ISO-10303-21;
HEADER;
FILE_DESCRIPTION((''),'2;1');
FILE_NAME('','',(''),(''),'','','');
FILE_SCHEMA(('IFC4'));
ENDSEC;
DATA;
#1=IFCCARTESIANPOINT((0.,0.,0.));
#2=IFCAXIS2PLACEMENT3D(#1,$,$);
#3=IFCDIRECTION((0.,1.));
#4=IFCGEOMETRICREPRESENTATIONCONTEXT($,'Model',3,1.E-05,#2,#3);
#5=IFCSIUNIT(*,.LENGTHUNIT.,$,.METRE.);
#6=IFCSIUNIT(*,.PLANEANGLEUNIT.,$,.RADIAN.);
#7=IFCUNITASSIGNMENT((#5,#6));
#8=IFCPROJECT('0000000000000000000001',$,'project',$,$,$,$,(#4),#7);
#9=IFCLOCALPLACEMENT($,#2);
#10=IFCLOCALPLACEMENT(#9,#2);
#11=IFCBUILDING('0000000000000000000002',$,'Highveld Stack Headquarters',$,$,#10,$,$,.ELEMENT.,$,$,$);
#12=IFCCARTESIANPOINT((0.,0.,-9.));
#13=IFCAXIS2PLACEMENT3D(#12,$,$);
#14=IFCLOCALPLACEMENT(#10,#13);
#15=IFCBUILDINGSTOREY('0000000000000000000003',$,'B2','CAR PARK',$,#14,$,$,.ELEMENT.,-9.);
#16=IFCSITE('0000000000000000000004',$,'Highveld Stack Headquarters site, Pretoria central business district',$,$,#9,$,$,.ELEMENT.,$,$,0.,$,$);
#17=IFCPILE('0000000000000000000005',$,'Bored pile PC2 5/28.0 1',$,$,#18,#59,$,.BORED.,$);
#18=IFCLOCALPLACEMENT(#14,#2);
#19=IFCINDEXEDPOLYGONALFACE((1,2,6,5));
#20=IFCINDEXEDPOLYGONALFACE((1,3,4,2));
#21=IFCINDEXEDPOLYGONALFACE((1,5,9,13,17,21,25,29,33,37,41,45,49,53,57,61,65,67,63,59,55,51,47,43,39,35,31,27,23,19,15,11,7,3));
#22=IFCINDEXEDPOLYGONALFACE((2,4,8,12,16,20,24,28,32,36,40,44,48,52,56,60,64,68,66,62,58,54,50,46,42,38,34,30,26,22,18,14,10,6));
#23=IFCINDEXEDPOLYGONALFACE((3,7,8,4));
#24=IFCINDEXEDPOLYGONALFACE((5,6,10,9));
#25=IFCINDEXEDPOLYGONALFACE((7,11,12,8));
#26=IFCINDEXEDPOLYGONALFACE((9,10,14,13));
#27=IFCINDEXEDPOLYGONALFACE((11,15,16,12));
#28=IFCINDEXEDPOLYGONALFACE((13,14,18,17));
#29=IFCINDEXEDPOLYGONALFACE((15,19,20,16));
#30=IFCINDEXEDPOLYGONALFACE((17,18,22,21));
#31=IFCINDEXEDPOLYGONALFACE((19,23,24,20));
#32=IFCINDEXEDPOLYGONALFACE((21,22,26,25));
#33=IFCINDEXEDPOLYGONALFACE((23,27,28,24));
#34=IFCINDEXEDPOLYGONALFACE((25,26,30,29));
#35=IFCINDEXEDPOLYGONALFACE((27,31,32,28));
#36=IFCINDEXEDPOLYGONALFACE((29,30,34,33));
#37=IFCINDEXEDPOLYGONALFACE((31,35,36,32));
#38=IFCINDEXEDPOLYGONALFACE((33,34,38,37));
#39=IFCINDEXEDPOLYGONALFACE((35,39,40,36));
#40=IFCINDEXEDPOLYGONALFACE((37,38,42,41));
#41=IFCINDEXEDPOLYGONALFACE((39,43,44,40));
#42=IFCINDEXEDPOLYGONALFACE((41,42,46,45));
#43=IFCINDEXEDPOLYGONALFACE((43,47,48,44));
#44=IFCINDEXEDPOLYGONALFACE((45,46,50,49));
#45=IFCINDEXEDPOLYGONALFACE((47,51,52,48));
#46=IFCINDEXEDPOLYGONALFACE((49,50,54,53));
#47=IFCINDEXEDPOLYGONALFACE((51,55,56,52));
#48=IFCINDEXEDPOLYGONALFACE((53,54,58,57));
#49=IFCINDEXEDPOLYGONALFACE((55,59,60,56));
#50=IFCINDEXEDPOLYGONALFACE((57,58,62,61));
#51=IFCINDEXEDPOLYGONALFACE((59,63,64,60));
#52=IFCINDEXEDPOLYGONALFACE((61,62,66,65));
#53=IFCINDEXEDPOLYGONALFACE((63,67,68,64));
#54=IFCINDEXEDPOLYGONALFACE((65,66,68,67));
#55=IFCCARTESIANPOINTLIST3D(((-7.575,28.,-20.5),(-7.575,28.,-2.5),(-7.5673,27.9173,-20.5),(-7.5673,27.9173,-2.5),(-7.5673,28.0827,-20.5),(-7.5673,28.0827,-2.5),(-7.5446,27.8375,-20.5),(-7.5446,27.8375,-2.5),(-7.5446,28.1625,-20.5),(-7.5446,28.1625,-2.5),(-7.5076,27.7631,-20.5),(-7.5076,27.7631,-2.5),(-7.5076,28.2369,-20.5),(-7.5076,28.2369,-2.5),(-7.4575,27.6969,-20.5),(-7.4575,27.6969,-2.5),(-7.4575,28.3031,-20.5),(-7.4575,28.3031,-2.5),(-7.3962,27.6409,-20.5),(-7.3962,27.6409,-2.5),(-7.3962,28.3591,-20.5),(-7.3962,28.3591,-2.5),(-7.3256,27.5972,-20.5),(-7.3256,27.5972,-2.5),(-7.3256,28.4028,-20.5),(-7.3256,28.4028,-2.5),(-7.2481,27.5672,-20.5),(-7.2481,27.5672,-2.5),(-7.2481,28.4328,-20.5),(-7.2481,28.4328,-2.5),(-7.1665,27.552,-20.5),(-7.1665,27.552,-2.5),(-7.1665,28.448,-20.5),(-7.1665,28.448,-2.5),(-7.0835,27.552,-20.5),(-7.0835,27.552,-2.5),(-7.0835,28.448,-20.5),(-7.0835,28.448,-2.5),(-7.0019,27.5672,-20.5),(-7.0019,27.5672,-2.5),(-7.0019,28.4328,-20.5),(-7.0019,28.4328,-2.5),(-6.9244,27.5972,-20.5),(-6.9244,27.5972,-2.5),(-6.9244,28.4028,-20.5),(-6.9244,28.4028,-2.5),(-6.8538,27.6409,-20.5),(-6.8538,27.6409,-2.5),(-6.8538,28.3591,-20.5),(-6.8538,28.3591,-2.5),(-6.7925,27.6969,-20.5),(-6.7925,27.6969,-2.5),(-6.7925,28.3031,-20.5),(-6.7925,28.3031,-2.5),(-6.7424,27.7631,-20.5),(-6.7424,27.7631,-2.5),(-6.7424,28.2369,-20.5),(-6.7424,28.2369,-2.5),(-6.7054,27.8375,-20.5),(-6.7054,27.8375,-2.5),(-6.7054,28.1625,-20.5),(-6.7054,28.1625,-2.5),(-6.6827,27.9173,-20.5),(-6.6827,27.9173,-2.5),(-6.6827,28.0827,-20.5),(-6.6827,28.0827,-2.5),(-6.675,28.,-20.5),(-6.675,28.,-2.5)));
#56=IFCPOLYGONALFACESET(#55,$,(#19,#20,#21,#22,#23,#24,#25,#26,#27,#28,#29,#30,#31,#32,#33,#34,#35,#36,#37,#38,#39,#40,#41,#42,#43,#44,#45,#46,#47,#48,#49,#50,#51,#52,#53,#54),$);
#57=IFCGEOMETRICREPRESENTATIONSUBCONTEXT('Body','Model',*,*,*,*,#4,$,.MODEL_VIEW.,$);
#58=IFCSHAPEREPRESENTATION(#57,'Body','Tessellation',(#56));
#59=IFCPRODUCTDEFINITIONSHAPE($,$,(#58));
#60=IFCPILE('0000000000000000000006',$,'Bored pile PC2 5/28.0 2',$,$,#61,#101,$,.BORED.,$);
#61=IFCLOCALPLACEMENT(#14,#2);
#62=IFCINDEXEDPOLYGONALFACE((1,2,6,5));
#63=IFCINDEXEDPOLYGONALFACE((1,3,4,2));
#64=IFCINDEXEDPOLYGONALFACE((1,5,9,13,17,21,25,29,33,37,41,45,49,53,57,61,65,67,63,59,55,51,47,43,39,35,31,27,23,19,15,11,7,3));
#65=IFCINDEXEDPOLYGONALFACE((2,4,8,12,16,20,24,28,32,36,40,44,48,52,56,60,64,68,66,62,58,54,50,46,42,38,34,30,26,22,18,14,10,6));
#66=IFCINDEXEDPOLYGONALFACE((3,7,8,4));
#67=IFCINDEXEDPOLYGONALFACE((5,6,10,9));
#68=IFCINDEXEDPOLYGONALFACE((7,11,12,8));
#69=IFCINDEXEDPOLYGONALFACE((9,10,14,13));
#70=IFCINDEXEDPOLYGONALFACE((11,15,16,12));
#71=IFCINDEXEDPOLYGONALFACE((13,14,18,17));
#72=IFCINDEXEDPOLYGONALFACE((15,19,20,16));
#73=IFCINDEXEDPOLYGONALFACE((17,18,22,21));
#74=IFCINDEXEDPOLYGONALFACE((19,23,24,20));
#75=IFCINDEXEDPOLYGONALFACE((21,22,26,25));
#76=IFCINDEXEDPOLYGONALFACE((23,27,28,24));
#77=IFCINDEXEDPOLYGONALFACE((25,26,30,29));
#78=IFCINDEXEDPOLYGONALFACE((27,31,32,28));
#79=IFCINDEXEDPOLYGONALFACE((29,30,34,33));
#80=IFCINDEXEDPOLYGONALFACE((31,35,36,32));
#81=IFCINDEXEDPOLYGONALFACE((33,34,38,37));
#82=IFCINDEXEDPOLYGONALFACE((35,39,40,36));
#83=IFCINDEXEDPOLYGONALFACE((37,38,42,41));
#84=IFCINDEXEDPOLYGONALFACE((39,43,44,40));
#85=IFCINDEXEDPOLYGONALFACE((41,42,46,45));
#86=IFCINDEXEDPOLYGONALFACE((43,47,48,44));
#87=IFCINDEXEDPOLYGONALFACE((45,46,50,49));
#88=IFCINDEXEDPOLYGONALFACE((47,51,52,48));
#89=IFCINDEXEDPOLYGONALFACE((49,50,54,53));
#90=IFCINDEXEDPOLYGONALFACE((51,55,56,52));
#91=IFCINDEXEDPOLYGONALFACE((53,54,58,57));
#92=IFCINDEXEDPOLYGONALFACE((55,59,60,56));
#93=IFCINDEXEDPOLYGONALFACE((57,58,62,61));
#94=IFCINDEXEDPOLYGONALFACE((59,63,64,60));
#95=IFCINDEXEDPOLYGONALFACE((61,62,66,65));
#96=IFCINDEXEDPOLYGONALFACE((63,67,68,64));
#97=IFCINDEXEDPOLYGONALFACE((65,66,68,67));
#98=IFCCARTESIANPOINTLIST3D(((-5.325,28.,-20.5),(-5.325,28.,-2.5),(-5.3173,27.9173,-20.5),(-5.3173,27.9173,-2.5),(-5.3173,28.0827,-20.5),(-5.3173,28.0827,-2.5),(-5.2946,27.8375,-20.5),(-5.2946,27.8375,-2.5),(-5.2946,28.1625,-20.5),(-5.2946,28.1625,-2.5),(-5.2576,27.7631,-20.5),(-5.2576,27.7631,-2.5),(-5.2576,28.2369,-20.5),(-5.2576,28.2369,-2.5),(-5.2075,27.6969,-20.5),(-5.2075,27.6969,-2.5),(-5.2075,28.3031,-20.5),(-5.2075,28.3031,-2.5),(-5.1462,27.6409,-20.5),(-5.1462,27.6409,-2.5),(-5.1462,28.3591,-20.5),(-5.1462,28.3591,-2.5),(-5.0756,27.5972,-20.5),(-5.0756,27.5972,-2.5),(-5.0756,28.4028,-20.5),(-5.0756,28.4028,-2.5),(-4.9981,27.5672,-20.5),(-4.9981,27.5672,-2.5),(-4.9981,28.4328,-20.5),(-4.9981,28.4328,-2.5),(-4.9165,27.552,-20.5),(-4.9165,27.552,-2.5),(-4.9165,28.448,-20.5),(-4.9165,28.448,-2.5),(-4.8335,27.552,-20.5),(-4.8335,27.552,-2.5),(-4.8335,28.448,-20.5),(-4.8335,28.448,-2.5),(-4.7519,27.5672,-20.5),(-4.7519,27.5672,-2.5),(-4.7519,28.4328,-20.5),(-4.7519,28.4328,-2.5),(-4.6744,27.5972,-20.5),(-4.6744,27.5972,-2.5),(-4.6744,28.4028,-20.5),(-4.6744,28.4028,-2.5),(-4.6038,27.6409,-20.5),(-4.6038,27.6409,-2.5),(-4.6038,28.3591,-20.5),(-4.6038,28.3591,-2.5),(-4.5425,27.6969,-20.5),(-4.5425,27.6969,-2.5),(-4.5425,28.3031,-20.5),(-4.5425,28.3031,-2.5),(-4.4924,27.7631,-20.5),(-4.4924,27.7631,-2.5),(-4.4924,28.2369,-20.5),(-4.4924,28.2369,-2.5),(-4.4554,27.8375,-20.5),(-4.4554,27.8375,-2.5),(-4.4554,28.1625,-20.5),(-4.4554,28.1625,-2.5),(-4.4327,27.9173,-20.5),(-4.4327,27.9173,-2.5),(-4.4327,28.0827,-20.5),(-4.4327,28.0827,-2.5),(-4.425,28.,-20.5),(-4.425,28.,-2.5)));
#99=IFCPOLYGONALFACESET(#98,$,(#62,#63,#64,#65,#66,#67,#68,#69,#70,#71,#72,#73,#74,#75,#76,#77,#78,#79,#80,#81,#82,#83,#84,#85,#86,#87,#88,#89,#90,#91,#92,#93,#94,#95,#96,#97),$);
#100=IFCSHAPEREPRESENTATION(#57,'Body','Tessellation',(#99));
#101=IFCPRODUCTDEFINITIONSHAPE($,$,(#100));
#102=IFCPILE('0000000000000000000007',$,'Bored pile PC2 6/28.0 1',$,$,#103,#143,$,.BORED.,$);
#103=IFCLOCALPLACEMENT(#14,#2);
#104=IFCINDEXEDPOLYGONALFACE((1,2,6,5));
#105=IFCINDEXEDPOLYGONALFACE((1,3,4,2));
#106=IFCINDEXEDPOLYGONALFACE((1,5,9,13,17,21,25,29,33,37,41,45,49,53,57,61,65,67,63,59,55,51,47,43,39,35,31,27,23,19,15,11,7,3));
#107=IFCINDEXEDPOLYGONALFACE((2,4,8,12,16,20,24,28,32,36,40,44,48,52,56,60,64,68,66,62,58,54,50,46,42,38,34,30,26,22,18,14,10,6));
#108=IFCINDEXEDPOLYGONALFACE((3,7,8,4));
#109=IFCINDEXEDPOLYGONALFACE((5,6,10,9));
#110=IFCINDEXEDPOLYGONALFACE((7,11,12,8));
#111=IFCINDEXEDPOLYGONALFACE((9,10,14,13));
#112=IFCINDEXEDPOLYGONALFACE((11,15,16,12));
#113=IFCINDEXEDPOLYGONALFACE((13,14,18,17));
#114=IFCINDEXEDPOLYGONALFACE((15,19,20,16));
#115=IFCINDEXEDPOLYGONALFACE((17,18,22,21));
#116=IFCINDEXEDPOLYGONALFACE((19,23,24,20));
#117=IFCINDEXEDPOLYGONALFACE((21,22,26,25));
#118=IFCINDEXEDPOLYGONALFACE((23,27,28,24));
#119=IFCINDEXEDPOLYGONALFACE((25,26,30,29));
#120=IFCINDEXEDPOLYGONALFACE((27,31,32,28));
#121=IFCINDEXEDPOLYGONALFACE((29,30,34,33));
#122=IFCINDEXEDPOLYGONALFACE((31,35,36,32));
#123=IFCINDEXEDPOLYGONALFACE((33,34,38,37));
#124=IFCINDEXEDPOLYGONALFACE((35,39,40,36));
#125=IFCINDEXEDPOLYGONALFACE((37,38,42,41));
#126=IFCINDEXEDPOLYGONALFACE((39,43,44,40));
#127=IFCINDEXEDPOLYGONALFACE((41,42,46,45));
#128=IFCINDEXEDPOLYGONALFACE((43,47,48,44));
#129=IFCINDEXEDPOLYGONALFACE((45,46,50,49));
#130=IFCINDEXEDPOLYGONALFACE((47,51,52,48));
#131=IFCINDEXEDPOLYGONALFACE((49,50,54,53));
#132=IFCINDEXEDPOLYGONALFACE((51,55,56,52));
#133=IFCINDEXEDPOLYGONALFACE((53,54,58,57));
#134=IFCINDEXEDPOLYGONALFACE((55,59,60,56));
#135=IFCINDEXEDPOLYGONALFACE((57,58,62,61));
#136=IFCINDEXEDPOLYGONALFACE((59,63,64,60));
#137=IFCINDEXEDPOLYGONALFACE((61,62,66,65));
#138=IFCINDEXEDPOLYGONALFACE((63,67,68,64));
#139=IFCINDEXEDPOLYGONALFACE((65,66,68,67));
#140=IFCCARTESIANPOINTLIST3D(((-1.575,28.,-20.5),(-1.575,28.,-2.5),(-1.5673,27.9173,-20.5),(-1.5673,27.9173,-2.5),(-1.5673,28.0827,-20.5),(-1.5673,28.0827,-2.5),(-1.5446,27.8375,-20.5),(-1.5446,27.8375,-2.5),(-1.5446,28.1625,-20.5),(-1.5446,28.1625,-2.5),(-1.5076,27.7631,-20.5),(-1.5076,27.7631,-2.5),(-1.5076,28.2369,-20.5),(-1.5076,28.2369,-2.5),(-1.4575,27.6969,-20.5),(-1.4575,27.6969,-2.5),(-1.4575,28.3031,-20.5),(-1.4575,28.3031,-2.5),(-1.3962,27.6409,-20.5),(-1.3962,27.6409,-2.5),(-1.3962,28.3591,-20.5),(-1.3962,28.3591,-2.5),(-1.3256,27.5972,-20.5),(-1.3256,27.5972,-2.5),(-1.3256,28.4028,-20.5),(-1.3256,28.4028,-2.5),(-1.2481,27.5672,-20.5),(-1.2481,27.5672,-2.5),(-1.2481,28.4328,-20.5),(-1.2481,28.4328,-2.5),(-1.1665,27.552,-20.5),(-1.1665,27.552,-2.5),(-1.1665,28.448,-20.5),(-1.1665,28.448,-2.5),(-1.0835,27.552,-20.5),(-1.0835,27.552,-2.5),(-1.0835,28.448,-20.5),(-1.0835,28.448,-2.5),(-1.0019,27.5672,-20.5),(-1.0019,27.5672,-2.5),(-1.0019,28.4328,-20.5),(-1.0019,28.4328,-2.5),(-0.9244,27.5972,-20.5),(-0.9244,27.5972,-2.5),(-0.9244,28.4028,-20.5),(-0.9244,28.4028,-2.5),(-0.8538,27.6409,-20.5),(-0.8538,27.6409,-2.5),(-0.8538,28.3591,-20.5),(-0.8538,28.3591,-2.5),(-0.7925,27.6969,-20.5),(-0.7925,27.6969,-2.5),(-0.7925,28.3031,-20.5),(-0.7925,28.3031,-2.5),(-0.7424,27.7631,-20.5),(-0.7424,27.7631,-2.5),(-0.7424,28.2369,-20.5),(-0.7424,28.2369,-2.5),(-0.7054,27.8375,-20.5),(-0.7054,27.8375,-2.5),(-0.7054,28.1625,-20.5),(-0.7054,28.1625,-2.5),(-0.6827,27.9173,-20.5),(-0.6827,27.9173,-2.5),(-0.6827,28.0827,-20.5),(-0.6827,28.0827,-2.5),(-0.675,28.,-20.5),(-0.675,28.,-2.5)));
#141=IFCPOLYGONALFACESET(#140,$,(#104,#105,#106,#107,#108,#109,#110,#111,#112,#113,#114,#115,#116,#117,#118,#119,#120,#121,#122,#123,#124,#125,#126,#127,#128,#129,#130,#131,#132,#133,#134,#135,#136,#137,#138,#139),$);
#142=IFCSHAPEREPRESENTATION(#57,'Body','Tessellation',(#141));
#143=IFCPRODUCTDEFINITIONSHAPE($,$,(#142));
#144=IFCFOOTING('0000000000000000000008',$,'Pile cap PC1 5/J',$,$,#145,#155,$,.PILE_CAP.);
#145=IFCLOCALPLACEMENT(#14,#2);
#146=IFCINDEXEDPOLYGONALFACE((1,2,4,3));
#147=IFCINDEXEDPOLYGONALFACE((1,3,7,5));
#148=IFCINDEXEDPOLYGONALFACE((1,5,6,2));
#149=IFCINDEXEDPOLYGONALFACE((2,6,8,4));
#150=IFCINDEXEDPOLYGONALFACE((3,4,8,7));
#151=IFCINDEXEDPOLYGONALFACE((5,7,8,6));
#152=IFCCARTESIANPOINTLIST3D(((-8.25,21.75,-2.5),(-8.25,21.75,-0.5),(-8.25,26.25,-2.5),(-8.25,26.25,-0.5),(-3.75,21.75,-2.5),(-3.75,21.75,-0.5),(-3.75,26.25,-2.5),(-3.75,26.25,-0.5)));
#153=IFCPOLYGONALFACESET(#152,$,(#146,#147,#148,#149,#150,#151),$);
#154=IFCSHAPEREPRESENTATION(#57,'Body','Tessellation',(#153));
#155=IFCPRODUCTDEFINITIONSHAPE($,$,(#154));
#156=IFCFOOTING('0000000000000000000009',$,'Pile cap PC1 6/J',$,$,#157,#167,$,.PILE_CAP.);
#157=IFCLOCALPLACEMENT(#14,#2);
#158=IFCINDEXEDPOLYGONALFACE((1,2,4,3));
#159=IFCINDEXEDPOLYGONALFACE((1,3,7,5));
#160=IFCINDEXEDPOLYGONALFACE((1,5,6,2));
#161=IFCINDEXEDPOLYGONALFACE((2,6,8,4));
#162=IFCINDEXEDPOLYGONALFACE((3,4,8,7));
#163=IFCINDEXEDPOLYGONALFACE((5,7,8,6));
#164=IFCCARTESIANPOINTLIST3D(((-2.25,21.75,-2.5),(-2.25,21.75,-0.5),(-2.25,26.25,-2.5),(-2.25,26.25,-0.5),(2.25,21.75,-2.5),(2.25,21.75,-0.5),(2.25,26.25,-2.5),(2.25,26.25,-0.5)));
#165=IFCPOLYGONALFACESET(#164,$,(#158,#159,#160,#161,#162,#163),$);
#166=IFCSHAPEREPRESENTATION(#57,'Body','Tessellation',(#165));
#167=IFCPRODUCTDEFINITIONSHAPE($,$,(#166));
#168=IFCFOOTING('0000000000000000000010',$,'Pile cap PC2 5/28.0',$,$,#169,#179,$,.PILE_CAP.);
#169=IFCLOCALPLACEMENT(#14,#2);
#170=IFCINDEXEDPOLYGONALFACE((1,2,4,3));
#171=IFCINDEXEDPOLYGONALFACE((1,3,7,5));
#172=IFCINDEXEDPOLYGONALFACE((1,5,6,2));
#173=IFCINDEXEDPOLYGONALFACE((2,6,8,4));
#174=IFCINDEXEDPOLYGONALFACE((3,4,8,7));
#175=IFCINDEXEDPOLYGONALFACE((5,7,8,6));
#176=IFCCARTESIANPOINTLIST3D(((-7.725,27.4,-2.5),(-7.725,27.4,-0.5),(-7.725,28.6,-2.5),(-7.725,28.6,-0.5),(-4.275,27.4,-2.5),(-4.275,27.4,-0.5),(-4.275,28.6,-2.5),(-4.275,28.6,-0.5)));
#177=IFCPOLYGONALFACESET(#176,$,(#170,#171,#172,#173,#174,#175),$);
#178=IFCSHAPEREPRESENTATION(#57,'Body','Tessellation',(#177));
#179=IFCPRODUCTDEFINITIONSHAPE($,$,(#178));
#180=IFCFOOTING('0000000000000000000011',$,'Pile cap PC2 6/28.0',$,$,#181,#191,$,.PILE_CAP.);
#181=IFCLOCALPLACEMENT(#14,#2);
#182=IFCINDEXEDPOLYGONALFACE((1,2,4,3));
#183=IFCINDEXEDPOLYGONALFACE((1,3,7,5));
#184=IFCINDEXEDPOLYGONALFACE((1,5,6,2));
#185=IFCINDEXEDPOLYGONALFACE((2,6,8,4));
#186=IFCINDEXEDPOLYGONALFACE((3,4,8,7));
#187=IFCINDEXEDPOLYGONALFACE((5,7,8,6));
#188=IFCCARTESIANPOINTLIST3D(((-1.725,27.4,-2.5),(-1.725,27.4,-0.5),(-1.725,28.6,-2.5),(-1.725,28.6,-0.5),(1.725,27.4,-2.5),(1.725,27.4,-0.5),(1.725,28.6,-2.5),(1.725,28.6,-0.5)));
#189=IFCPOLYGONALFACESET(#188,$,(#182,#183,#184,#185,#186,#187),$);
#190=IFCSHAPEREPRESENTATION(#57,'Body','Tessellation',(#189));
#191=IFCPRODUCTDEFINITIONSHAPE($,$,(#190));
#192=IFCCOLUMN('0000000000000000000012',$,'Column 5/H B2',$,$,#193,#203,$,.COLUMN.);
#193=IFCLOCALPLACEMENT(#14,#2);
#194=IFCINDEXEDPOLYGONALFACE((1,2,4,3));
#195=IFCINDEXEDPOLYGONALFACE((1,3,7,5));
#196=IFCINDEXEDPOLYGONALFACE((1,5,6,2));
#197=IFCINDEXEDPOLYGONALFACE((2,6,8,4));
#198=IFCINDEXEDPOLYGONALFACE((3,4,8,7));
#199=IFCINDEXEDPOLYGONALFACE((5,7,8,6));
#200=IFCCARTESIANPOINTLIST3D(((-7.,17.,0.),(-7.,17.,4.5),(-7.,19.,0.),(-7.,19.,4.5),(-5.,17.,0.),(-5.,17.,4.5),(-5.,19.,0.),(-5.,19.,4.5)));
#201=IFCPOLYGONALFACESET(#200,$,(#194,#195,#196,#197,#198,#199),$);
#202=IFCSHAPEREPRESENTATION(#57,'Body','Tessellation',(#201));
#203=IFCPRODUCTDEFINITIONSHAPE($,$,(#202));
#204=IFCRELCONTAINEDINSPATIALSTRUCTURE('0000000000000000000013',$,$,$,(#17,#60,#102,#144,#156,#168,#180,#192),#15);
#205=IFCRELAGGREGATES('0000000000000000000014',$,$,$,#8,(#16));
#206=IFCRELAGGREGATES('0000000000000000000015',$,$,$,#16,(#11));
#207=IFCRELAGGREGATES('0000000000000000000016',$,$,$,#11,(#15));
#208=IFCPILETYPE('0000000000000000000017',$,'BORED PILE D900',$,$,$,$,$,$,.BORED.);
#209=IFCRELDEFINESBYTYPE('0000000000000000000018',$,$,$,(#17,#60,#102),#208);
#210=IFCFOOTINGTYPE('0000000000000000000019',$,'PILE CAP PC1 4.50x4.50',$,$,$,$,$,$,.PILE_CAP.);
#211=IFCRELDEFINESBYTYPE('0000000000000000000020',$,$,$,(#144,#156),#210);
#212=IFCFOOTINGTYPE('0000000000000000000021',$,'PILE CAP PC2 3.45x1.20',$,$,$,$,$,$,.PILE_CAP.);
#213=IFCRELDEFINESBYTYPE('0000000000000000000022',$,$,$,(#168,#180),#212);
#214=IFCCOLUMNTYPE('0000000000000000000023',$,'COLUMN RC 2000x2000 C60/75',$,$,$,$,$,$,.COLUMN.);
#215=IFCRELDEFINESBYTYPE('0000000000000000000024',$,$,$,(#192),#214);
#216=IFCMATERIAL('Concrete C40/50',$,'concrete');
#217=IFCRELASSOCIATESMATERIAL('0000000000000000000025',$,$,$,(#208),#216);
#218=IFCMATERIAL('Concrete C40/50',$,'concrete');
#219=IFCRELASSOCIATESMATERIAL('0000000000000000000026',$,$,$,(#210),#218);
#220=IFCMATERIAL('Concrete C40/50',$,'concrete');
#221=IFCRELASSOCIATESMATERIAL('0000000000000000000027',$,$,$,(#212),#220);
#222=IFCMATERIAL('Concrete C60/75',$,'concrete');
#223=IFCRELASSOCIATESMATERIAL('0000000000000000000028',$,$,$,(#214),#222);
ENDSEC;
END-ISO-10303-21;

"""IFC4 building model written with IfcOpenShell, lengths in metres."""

from ifc_helpers import new_model, si_unit, direction, frame, origin, origin_2d, place, context, subcontext, project, spatial, rectangle, circle, extrude, material, material_profile, profile_set, type_object, element, save


model = new_model("IFC4")

# Units and contexts
model_context = context("Model", 3, precision=1e-05, world=origin(), true_north=direction((0.0, 1.0)))
body_context = subcontext(model_context, "Body", "Model", "MODEL_VIEW")
ifc_project = project(units=[si_unit("LENGTHUNIT", "METRE"), si_unit("PLANEANGLEUNIT", "RADIAN")], contexts=[model_context])

# Site, building, storey
site_placement = place(None, origin())
site = spatial("IfcSite", under=ifc_project, at=site_placement, Name="Highveld Stack Headquarters site, Pretoria central business district", CompositionType="ELEMENT", RefElevation=0.0)
building_placement = place(site_placement, origin())
building = spatial("IfcBuilding", under=site, at=building_placement, Name="Highveld Stack Headquarters", CompositionType="ELEMENT")
storey_placement = place(building_placement, frame((0.0, 0.0, -9.0)))
storey = spatial("IfcBuildingStorey", under=building, at=storey_placement, Name="B2", Description="CAR PARK", CompositionType="ELEMENT", Elevation=-9.0)

# Piles
ifc_material_1 = material(Name="Concrete C40/50", Category="concrete")
pile_type_1 = type_object("IfcPileType", Name="BORED PILE D900", PredefinedType="BORED", material=ifc_material_1)
for number, where, z_axis, x_axis, name in (
    (1, (-7.125, 28.0, -2.5), (0.0, 0.0, -1.0), (1.0, 0.0, 0.0), "Bored pile PC2 5/28.0 1"),
    (2, (-4.875, 28.0, -2.5), (0.0, 0.0, -1.0), (1.0, 0.0, 0.0), "Bored pile PC2 5/28.0 2"),
    (3, (-1.125, 28.0, -2.5), (0.0, 0.0, -1.0), (1.0, 0.0, 0.0), "Bored pile PC2 6/28.0 1"),
):
    element("IfcPile", number, at=place(storey_placement, frame(where, z_axis=z_axis, x_axis=x_axis)), inside=storey, type_object=pile_type_1, Name=name, PredefinedType="BORED", context=body_context, shape_type="SweptSolid", body=[
        extrude(circle(Radius=0.45, at=origin_2d()), origin(), (0.0, 0.0, 1.0), 18.0),
    ])

# Footings
ifc_material_2 = material(Name="Concrete C40/50", Category="concrete")
footing_type_1 = type_object("IfcFootingType", Name="PILE CAP PC1 4.50x4.50", PredefinedType="PILE_CAP", material=ifc_material_2)
for number, where, z_axis, x_axis, name in (
    (4, (-6.0, 24.0, -2.5), (0.0, 0.0, 1.0), (1.0, 0.0, 0.0), "Pile cap PC1 5/J"),
    (5, (0.0, 24.0, -2.5), (0.0, 0.0, 1.0), (1.0, 0.0, 0.0), "Pile cap PC1 6/J"),
):
    element("IfcFooting", number, at=place(storey_placement, frame(where, z_axis=z_axis, x_axis=x_axis)), inside=storey, type_object=footing_type_1, Name=name, PredefinedType="PILE_CAP", context=body_context, shape_type="SweptSolid", body=[
        extrude(rectangle(XDim=4.5, YDim=4.5, at=origin_2d()), origin(), (0.0, 0.0, 1.0), 2.0),
    ])
ifc_material_3 = material(Name="Concrete C40/50", Category="concrete")
footing_type_2 = type_object("IfcFootingType", Name="PILE CAP PC2 3.45x1.20", PredefinedType="PILE_CAP", material=ifc_material_3)
for number, where, z_axis, x_axis, name in (
    (6, (-6.0, 28.0, -2.5), (0.0, 0.0, 1.0), (1.0, 0.0, 0.0), "Pile cap PC2 5/28.0"),
    (7, (0.0, 28.0, -2.5), (0.0, 0.0, 1.0), (1.0, 0.0, 0.0), "Pile cap PC2 6/28.0"),
):
    element("IfcFooting", number, at=place(storey_placement, frame(where, z_axis=z_axis, x_axis=x_axis)), inside=storey, type_object=footing_type_2, Name=name, PredefinedType="PILE_CAP", context=body_context, shape_type="SweptSolid", body=[
        extrude(rectangle(XDim=3.45, YDim=1.2, at=origin_2d()), origin(), (0.0, 0.0, 1.0), 2.0),
    ])

# Column
ifc_material_4 = material(Name="Concrete C60/75", Category="concrete")
ifc_material_profile = material_profile(ifc_material_4, rectangle(XDim=2.0, YDim=2.0, at=origin_2d()), Name="RC 2000x2000")
ifc_profile_set = profile_set([ifc_material_profile], Name="Concrete C60/75")
column_type = type_object("IfcColumnType", Name="COLUMN RC 2000x2000 C60/75", PredefinedType="COLUMN", material=ifc_profile_set)
for number, where, z_axis, x_axis, name in (
    (8, (-6.0, 18.0, 0.0), (0.0, 0.0, 1.0), (1.0, 0.0, 0.0), "Column 5/H B2"),
):
    element("IfcColumn", number, at=place(storey_placement, frame(where, z_axis=z_axis, x_axis=x_axis)), inside=storey, type_object=column_type, Name=name, PredefinedType="COLUMN", context=body_context, shape_type="SweptSolid", body=[
        extrude(rectangle(XDim=2.0, YDim=2.0, at=origin_2d()), origin(), (0.0, 0.0, 1.0), 4.5),
    ])

save(model, "model.ifc")
